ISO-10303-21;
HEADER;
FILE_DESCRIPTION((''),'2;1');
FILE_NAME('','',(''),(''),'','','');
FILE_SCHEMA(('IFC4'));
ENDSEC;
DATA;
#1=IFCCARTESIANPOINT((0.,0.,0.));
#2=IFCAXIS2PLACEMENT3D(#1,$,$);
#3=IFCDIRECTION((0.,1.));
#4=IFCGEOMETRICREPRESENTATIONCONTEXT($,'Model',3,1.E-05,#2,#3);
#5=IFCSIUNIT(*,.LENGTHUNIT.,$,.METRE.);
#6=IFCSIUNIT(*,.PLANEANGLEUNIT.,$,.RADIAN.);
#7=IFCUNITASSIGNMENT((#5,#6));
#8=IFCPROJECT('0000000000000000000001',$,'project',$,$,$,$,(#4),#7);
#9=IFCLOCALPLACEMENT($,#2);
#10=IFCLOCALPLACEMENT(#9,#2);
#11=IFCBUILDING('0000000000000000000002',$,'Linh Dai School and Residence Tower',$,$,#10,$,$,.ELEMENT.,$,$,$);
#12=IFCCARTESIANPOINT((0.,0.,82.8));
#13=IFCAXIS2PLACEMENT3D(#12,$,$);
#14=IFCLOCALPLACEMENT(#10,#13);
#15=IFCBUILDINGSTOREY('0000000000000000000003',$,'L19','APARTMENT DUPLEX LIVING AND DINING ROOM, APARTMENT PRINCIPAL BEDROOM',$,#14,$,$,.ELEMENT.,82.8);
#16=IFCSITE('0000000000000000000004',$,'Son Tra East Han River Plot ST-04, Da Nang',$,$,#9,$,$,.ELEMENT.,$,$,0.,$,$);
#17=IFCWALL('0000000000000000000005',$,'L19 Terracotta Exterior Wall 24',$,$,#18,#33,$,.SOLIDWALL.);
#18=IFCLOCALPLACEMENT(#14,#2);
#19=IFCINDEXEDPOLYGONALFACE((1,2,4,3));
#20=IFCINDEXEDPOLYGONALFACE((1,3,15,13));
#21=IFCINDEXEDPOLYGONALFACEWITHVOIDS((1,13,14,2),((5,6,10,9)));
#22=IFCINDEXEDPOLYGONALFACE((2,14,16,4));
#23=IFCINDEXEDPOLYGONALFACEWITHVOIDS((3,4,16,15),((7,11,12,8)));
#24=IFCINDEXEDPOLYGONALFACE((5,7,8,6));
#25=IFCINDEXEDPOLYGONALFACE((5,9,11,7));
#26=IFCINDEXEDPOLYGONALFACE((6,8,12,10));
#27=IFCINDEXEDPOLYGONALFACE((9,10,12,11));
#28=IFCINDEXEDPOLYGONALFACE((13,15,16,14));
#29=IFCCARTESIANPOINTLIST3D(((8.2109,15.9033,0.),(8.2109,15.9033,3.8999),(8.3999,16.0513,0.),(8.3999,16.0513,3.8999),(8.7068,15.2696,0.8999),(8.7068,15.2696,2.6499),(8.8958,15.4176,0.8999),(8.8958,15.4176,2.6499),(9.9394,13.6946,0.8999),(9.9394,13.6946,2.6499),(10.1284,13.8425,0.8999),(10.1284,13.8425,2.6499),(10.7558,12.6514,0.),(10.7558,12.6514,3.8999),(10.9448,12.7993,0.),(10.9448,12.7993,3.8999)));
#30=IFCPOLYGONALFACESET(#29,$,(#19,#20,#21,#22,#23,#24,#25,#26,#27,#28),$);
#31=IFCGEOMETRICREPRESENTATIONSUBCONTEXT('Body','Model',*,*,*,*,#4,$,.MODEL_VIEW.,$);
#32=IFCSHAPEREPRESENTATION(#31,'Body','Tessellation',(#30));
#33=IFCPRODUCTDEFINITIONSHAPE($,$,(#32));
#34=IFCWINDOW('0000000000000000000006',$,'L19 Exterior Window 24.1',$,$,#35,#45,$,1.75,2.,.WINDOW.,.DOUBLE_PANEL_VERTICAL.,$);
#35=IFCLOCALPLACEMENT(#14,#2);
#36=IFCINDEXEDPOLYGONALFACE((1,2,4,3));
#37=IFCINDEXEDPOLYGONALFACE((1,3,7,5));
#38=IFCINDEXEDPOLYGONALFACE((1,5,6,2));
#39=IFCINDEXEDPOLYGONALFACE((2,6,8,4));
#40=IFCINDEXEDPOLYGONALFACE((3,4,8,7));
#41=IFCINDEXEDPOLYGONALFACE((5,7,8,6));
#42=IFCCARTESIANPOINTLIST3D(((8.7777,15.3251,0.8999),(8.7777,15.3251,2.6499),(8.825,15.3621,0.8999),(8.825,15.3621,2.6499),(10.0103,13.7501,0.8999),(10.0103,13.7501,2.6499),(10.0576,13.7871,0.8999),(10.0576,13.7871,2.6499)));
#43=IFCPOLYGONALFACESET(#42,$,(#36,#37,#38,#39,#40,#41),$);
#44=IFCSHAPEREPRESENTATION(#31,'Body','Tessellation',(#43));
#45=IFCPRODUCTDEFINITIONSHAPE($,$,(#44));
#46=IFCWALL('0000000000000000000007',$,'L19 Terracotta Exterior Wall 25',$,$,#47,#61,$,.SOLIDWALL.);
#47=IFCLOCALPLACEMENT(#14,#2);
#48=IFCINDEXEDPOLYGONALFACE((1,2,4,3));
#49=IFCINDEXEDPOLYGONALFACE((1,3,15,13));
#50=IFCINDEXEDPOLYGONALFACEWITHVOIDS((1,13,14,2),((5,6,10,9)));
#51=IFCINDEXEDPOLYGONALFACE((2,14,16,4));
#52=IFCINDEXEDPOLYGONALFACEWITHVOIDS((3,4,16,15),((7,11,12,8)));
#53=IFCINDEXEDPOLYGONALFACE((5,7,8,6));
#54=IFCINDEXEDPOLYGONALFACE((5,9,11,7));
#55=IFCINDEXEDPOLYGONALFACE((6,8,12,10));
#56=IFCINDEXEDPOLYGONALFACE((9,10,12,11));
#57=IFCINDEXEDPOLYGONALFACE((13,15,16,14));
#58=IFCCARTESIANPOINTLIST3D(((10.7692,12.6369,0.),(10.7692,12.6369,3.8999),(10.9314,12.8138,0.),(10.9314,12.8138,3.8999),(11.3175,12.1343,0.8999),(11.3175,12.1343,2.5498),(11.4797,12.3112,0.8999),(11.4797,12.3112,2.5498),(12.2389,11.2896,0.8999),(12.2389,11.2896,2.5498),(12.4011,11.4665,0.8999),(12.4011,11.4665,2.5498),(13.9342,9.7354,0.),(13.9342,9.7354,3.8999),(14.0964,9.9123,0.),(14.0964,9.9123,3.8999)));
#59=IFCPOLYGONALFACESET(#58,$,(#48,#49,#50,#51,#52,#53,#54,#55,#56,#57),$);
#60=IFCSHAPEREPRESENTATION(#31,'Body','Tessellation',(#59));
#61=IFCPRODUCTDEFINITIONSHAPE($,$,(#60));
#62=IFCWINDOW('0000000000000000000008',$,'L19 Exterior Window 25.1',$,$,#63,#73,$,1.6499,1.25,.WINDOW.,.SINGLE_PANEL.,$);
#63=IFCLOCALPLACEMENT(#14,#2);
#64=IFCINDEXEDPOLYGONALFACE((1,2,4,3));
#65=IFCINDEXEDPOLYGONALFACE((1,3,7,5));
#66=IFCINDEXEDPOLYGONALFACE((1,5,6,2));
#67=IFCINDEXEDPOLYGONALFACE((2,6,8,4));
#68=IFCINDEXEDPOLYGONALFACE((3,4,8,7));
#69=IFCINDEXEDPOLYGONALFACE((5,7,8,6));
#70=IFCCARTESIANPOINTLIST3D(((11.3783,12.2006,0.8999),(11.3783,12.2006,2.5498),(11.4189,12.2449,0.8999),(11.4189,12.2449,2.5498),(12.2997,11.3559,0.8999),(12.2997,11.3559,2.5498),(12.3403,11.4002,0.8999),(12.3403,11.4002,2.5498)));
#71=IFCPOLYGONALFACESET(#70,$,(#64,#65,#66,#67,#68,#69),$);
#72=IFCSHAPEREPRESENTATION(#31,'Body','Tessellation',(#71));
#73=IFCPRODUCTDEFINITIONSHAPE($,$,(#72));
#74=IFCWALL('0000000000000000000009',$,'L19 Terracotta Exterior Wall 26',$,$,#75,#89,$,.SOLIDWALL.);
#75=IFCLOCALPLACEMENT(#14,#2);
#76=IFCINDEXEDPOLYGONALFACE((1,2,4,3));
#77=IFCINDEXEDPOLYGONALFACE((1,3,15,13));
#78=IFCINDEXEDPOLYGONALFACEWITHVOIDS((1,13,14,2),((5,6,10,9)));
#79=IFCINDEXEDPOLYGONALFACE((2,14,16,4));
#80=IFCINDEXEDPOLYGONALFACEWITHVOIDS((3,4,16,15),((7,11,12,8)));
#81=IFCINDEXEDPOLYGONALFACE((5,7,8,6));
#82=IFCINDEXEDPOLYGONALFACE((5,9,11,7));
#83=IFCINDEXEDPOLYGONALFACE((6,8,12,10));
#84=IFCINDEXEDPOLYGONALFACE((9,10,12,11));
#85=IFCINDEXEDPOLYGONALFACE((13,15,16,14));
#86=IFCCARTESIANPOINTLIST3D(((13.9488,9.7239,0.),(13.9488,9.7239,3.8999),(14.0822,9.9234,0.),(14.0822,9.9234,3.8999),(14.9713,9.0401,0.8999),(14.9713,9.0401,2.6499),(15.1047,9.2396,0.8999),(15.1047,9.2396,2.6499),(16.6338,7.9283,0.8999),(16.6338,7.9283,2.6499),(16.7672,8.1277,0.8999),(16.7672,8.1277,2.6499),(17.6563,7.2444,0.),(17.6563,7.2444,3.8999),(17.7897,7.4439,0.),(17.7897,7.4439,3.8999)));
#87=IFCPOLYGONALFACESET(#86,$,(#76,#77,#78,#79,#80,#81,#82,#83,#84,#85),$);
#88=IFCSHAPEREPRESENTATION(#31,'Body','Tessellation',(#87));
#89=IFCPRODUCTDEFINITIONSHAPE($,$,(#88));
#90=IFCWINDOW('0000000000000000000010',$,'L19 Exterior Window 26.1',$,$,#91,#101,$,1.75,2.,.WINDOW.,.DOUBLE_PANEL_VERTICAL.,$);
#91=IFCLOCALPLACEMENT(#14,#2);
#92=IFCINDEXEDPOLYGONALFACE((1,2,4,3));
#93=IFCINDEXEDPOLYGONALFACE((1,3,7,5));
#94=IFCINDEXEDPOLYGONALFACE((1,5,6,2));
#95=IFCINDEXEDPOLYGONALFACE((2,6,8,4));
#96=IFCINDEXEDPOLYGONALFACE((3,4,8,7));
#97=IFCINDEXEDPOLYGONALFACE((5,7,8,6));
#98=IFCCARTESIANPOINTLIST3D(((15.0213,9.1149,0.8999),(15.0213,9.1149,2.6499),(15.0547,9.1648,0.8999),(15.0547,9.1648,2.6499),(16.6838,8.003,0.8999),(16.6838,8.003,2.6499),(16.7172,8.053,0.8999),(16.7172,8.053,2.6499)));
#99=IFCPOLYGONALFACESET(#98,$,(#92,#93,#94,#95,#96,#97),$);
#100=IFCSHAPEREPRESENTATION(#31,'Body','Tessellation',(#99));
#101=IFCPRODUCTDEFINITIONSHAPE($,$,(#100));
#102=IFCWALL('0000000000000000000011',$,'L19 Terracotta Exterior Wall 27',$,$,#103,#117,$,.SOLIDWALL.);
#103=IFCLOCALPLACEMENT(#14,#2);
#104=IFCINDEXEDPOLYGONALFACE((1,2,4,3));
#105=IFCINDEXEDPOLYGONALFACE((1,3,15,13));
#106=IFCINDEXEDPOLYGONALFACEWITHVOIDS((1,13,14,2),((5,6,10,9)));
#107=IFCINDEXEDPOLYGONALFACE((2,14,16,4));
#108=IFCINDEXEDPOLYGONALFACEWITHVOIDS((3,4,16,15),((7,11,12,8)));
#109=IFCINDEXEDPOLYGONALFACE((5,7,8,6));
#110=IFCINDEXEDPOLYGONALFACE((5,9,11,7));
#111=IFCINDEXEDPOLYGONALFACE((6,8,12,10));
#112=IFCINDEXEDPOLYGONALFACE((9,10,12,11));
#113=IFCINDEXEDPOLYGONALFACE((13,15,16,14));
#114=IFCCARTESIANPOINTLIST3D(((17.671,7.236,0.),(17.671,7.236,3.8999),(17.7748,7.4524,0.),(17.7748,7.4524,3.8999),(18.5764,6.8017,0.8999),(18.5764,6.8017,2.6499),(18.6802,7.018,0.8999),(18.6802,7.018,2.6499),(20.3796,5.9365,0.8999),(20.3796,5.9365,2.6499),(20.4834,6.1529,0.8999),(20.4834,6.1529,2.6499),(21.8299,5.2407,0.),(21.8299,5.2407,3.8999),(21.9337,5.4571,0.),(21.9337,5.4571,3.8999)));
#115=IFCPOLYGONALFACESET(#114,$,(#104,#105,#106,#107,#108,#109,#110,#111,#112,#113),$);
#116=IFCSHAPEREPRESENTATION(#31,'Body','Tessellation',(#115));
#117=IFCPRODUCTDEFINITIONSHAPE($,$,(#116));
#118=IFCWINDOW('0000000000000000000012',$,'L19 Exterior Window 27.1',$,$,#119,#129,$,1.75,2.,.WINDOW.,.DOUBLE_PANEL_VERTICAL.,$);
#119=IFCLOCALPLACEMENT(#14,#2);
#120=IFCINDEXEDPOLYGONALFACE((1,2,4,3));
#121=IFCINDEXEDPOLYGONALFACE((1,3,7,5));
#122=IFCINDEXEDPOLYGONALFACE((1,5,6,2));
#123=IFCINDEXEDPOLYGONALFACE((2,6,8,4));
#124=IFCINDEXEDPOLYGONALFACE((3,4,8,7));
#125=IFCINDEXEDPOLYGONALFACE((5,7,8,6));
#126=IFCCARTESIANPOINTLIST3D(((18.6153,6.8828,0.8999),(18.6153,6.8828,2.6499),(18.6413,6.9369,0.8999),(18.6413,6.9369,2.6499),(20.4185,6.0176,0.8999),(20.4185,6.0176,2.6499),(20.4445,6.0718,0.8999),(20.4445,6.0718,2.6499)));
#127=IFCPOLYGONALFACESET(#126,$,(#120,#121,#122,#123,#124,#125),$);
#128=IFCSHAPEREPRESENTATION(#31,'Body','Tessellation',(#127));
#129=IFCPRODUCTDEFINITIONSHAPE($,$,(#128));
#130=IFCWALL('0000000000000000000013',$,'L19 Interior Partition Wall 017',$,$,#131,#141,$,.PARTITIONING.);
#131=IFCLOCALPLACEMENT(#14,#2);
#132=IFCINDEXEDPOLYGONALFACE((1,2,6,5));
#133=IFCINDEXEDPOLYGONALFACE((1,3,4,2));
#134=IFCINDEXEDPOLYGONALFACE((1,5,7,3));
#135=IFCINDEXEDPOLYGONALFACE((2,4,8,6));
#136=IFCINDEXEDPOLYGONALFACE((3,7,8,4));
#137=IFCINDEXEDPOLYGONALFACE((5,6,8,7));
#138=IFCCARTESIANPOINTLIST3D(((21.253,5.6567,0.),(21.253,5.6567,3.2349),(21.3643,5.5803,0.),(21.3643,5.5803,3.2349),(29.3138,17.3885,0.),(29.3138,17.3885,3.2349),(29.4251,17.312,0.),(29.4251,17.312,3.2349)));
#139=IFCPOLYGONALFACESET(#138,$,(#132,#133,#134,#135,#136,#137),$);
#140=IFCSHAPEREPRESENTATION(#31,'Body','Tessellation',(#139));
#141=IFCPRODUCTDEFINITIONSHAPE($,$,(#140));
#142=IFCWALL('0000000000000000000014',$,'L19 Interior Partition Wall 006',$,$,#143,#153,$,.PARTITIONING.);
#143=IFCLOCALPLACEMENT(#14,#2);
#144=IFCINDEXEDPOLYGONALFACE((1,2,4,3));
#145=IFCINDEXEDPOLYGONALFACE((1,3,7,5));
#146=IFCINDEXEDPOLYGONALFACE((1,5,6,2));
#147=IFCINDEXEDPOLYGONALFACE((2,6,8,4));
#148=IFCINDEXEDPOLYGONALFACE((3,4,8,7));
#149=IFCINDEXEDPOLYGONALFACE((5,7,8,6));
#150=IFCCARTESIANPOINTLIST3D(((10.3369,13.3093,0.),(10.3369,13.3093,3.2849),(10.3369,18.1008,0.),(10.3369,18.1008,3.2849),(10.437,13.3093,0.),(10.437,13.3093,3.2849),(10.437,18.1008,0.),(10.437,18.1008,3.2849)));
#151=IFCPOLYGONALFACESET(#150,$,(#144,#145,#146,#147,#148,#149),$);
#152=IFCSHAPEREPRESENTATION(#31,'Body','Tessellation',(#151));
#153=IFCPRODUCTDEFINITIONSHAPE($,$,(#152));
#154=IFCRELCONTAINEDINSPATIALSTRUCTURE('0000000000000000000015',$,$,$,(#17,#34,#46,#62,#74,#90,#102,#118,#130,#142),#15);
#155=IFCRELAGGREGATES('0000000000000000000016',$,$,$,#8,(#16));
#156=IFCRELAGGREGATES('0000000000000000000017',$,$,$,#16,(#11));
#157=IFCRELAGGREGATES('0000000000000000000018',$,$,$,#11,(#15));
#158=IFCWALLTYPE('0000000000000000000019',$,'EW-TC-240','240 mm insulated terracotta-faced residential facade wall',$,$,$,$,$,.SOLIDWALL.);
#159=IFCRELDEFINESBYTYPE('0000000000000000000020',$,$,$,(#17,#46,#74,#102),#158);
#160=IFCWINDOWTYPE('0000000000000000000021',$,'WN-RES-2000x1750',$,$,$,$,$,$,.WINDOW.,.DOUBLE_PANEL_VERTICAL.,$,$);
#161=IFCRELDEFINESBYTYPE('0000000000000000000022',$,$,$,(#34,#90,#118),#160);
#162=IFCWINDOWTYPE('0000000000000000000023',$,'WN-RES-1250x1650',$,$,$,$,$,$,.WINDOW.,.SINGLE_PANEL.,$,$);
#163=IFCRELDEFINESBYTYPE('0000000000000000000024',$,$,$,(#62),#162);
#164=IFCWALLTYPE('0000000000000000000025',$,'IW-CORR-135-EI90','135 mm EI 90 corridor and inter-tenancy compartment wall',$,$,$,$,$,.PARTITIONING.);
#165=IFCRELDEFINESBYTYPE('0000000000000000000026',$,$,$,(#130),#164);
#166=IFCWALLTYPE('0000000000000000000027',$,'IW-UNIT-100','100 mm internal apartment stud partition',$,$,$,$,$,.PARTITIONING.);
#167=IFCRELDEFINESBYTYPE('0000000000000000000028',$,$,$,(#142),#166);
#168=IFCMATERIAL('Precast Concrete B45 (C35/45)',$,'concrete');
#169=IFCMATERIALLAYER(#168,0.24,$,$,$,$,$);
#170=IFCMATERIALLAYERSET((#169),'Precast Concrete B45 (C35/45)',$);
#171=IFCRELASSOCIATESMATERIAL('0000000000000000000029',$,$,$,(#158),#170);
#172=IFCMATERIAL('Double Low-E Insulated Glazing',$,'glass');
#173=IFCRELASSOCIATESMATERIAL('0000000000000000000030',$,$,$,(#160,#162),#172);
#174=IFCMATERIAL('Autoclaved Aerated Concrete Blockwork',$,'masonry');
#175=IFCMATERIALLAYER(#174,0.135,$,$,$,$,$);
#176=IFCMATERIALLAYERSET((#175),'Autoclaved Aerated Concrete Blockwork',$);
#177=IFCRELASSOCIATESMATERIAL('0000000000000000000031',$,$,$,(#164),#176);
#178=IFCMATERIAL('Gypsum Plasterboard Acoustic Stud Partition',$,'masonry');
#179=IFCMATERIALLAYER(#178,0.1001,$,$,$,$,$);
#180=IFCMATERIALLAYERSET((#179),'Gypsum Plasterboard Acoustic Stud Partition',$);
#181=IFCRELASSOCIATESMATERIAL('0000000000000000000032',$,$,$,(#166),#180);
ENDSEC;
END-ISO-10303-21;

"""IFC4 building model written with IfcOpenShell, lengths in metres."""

from ifc_helpers import new_model, si_unit, direction, frame, frame_2d, origin, origin_2d, place, context, subcontext, project, spatial, rectangle, extrude, source, transform, mapped, material, layer, layer_set, type_object, element, fill, save


model = new_model("IFC4")

# Units and contexts
model_context = context("Model", 3, precision=1e-05, world=origin(), true_north=direction((0.0, 1.0)))
body_context = subcontext(model_context, "Body", "Model", "MODEL_VIEW")
ifc_project = project(units=[si_unit("LENGTHUNIT", "METRE"), si_unit("PLANEANGLEUNIT", "RADIAN")], contexts=[model_context])

# Site, building, storey
site_placement = place(None, origin())
site = spatial("IfcSite", under=ifc_project, at=site_placement, Name="Son Tra East Han River Plot ST-04, Da Nang", CompositionType="ELEMENT", RefElevation=0.0)
building_placement = place(site_placement, origin())
building = spatial("IfcBuilding", under=site, at=building_placement, Name="Linh Dai School and Residence Tower", CompositionType="ELEMENT")
storey_placement = place(building_placement, frame((0.0, 0.0, 82.8)))
storey = spatial("IfcBuildingStorey", under=building, at=storey_placement, Name="L19", Description="APARTMENT DUPLEX LIVING AND DINING ROOM, APARTMENT PRINCIPAL BEDROOM", CompositionType="ELEMENT", Elevation=82.8)

# Shared definitions
ifc_material_1 = material(Name="Precast Concrete B45 (C35/45)", Category="concrete")

# Walls, openings, windows
ifc_layer_1 = layer(ifc_material_1, 0.24)
ifc_layer_set_1 = layer_set([ifc_layer_1], Name="Precast Concrete B45 (C35/45)")
wall_type_1 = type_object("IfcWallType", Name="EW-TC-240", Description="240 mm insulated terracotta-faced residential facade wall", PredefinedType="SOLIDWALL", material=ifc_layer_set_1)
wall_1_placement = place(storey_placement, frame((10.8503, 12.7253, 0.0), z_axis=(0.0, 0.0, 1.0), x_axis=(-0.616296, 0.787515, 0.0)))
wall_1 = element("IfcWall", 1, at=wall_1_placement, inside=storey, type_object=wall_type_1, Name="L19 Terracotta Exterior Wall 24", PredefinedType="SOLIDWALL", context=body_context, shape_type="SweptSolid", body=[
    extrude(rectangle(XDim=4.1294, YDim=0.24, at=frame_2d((2.0647, 0.0))), origin(), (0.0, 0.0, 1.0), 3.8999),
])
opening_1_placement = place(wall_1_placement, frame((1.3247, 0.0, 0.8999)))
opening_1 = element("IfcOpeningElement", 2, at=opening_1_placement, cuts=wall_1, PredefinedType="OPENING", context=body_context, shape_type="SweptSolid", body=[
    extrude(rectangle(XDim=2.0, YDim=1.75, at=origin_2d()), frame((1.0, 0.1299, 0.875), z_axis=(0.0, -1.0, 0.0), x_axis=(1.0, 0.0, 0.0)), (0.0, 0.0, 1.0), 0.26),
])
ifc_material_2 = material(Name="Double Low-E Insulated Glazing", Category="glass")
window_type_1 = type_object("IfcWindowType", Name="WN-RES-2000x1750", PartitioningType="DOUBLE_PANEL_VERTICAL", PredefinedType="WINDOW", material=ifc_material_2)
shared_shape_1 = source(origin(), body_context, "Body", "SweptSolid", [
    extrude(rectangle(XDim=2.0, YDim=1.75, at=origin_2d()), frame((1.0, 0.03, 0.875), z_axis=(0.0, -1.0, 0.0), x_axis=(1.0, 0.0, 0.0)), (0.0, 0.0, 1.0), 0.0601),
])
window_1_placement = place(opening_1_placement, origin())
window_1 = element("IfcWindow", 3, at=window_1_placement, inside=storey, type_object=window_type_1, Name="L19 Exterior Window 24.1", OverallHeight=1.75, OverallWidth=2.0, PartitioningType="DOUBLE_PANEL_VERTICAL", PredefinedType="WINDOW", context=body_context, shape_type="MappedRepresentation", body=[
    mapped(shared_shape_1, transform((0.0, 0.0, 0.0), x_axis=(1.0, 0.0, 0.0), y_axis=(0.0, 1.0, 0.0), z_axis=(0.0, 0.0, 1.0), scale=1.0)),
])
fill(opening_1, window_1)
wall_2_placement = place(storey_placement, frame((14.0154, 9.8237, 0.0), z_axis=(0.0, 0.0, 1.0), x_axis=(-0.737116, 0.675766, 0.0)))
wall_2 = element("IfcWall", 4, at=wall_2_placement, inside=storey, type_object=wall_type_1, Name="L19 Terracotta Exterior Wall 25", PredefinedType="SOLIDWALL", context=body_context, shape_type="SweptSolid", body=[
    extrude(rectangle(XDim=4.2937, YDim=0.24, at=frame_2d((2.147, 0.0))), origin(), (0.0, 0.0, 1.0), 3.8999),
])
opening_2_placement = place(wall_2_placement, frame((2.3, 0.0, 0.8999)))
opening_2 = element("IfcOpeningElement", 5, at=opening_2_placement, cuts=wall_2, PredefinedType="OPENING", context=body_context, shape_type="SweptSolid", body=[
    extrude(rectangle(XDim=1.25, YDim=1.6499, at=origin_2d()), frame((0.625, 0.1299, 0.825), z_axis=(0.0, -1.0, 0.0), x_axis=(1.0, 0.0, 0.0)), (0.0, 0.0, 1.0), 0.26),
])
window_type_2 = type_object("IfcWindowType", Name="WN-RES-1250x1650", PartitioningType="SINGLE_PANEL", PredefinedType="WINDOW", material=ifc_material_2)
shared_shape_2 = source(origin(), body_context, "Body", "SweptSolid", [
    extrude(rectangle(XDim=1.25, YDim=1.6499, at=origin_2d()), frame((0.625, 0.03, 0.825), z_axis=(0.0, -1.0, 0.0), x_axis=(1.0, 0.0, 0.0)), (0.0, 0.0, 1.0), 0.0601),
])
window_2_placement = place(opening_2_placement, origin())
window_2 = element("IfcWindow", 6, at=window_2_placement, inside=storey, type_object=window_type_2, Name="L19 Exterior Window 25.1", OverallHeight=1.6499, OverallWidth=1.25, PartitioningType="SINGLE_PANEL", PredefinedType="WINDOW", context=body_context, shape_type="MappedRepresentation", body=[
    mapped(shared_shape_2, transform((0.0, 0.0, 0.0), x_axis=(1.0, 0.0, 0.0), y_axis=(0.0, 1.0, 0.0), z_axis=(0.0, 0.0, 1.0), scale=1.0)),
])
fill(opening_2, window_2)
wall_3_placement = place(storey_placement, frame((17.7229, 7.3442, 0.0), z_axis=(0.0, 0.0, 1.0), x_axis=(-0.831241, 0.555912, 0.0)))
wall_3 = element("IfcWall", 7, at=wall_3_placement, inside=storey, type_object=wall_type_1, Name="L19 Terracotta Exterior Wall 26", PredefinedType="SOLIDWALL", context=body_context, shape_type="SweptSolid", body=[
    extrude(rectangle(XDim=4.4602, YDim=0.24, at=frame_2d((2.23, 0.0))), origin(), (0.0, 0.0, 1.0), 3.8999),
])
opening_3_placement = place(wall_3_placement, frame((1.23, 0.0, 0.8999)))
opening_3 = element("IfcOpeningElement", 8, at=opening_3_placement, cuts=wall_3, PredefinedType="OPENING", context=body_context, shape_type="SweptSolid", body=[
    extrude(rectangle(XDim=2.0, YDim=1.75, at=origin_2d()), frame((1.0, 0.1299, 0.875), z_axis=(0.0, -1.0, 0.0), x_axis=(1.0, 0.0, 0.0)), (0.0, 0.0, 1.0), 0.26),
])
window_3_placement = place(opening_3_placement, origin())
window_3 = element("IfcWindow", 9, at=window_3_placement, inside=storey, type_object=window_type_1, Name="L19 Exterior Window 26.1", OverallHeight=1.75, OverallWidth=2.0, PartitioningType="DOUBLE_PANEL_VERTICAL", PredefinedType="WINDOW", context=body_context, shape_type="MappedRepresentation", body=[
    mapped(shared_shape_1, transform((0.0, 0.0, 0.0), x_axis=(1.0, 0.0, 0.0), y_axis=(0.0, 1.0, 0.0), z_axis=(0.0, 0.0, 1.0), scale=1.0)),
])
fill(opening_3, window_3)
wall_4_placement = place(storey_placement, frame((21.8818, 5.3489, 0.0), z_axis=(0.0, 0.0, 1.0), x_axis=(-0.901602, 0.432568, 0.0)))
wall_4 = element("IfcWall", 10, at=wall_4_placement, inside=storey, type_object=wall_type_1, Name="L19 Terracotta Exterior Wall 27", PredefinedType="SOLIDWALL", context=body_context, shape_type="SweptSolid", body=[
    extrude(rectangle(XDim=4.6128, YDim=0.24, at=frame_2d((2.3064, 0.0))), origin(), (0.0, 0.0, 1.0), 3.8999),
])
opening_4_placement = place(wall_4_placement, frame((1.6086, 0.0, 0.8999)))
opening_4 = element("IfcOpeningElement", 11, at=opening_4_placement, cuts=wall_4, PredefinedType="OPENING", context=body_context, shape_type="SweptSolid", body=[
    extrude(rectangle(XDim=2.0, YDim=1.75, at=origin_2d()), frame((1.0, 0.1299, 0.875), z_axis=(0.0, -1.0, 0.0), x_axis=(1.0, 0.0, 0.0)), (0.0, 0.0, 1.0), 0.26),
])
window_4_placement = place(opening_4_placement, origin())
window_4 = element("IfcWindow", 12, at=window_4_placement, inside=storey, type_object=window_type_1, Name="L19 Exterior Window 27.1", OverallHeight=1.75, OverallWidth=2.0, PartitioningType="DOUBLE_PANEL_VERTICAL", PredefinedType="WINDOW", context=body_context, shape_type="MappedRepresentation", body=[
    mapped(shared_shape_1, transform((0.0, 0.0, 0.0), x_axis=(1.0, 0.0, 0.0), y_axis=(0.0, 1.0, 0.0), z_axis=(0.0, 0.0, 1.0), scale=1.0)),
])
fill(opening_4, window_4)

# Walls
ifc_material_3 = material(Name="Autoclaved Aerated Concrete Blockwork", Category="masonry")
ifc_layer_2 = layer(ifc_material_3, 0.135)
ifc_layer_set_2 = layer_set([ifc_layer_2], Name="Autoclaved Aerated Concrete Blockwork")
wall_type_2 = type_object("IfcWallType", Name="IW-CORR-135-EI90", Description="135 mm EI 90 corridor and inter-tenancy compartment wall", PredefinedType="PARTITIONING", material=ifc_layer_set_2)
wall_5_placement = place(storey_placement, frame((21.3086, 5.6184, 0.0), z_axis=(0.0, 0.0, 1.0), x_axis=(0.566302, 0.824198, 0.0)))
element("IfcWall", 13, at=wall_5_placement, inside=storey, type_object=wall_type_2, Name="L19 Interior Partition Wall 017", PredefinedType="PARTITIONING", context=body_context, shape_type="SweptSolid", body=[
    extrude(rectangle(XDim=14.2341, YDim=0.135, at=frame_2d((7.1172, 0.0))), origin(), (0.0, 0.0, 1.0), 3.2349),
])
ifc_material_4 = material(Name="Gypsum Plasterboard Acoustic Stud Partition", Category="masonry")
ifc_layer_3 = layer(ifc_material_4, 0.1001)
ifc_layer_set_3 = layer_set([ifc_layer_3], Name="Gypsum Plasterboard Acoustic Stud Partition")
wall_type_3 = type_object("IfcWallType", Name="IW-UNIT-100", Description="100 mm internal apartment stud partition", PredefinedType="PARTITIONING", material=ifc_layer_set_3)
wall_6_placement = place(storey_placement, frame((10.387, 13.3093, 0.0), z_axis=(0.0, 0.0, 1.0), x_axis=(0.0, 1.0, 0.0)))
element("IfcWall", 14, at=wall_6_placement, inside=storey, type_object=wall_type_3, Name="L19 Interior Partition Wall 006", PredefinedType="PARTITIONING", context=body_context, shape_type="SweptSolid", body=[
    extrude(rectangle(XDim=4.7915, YDim=0.1001, at=frame_2d((2.3958, 0.0))), origin(), (0.0, 0.0, 1.0), 3.2849),
])

save(model, "model.ifc")
